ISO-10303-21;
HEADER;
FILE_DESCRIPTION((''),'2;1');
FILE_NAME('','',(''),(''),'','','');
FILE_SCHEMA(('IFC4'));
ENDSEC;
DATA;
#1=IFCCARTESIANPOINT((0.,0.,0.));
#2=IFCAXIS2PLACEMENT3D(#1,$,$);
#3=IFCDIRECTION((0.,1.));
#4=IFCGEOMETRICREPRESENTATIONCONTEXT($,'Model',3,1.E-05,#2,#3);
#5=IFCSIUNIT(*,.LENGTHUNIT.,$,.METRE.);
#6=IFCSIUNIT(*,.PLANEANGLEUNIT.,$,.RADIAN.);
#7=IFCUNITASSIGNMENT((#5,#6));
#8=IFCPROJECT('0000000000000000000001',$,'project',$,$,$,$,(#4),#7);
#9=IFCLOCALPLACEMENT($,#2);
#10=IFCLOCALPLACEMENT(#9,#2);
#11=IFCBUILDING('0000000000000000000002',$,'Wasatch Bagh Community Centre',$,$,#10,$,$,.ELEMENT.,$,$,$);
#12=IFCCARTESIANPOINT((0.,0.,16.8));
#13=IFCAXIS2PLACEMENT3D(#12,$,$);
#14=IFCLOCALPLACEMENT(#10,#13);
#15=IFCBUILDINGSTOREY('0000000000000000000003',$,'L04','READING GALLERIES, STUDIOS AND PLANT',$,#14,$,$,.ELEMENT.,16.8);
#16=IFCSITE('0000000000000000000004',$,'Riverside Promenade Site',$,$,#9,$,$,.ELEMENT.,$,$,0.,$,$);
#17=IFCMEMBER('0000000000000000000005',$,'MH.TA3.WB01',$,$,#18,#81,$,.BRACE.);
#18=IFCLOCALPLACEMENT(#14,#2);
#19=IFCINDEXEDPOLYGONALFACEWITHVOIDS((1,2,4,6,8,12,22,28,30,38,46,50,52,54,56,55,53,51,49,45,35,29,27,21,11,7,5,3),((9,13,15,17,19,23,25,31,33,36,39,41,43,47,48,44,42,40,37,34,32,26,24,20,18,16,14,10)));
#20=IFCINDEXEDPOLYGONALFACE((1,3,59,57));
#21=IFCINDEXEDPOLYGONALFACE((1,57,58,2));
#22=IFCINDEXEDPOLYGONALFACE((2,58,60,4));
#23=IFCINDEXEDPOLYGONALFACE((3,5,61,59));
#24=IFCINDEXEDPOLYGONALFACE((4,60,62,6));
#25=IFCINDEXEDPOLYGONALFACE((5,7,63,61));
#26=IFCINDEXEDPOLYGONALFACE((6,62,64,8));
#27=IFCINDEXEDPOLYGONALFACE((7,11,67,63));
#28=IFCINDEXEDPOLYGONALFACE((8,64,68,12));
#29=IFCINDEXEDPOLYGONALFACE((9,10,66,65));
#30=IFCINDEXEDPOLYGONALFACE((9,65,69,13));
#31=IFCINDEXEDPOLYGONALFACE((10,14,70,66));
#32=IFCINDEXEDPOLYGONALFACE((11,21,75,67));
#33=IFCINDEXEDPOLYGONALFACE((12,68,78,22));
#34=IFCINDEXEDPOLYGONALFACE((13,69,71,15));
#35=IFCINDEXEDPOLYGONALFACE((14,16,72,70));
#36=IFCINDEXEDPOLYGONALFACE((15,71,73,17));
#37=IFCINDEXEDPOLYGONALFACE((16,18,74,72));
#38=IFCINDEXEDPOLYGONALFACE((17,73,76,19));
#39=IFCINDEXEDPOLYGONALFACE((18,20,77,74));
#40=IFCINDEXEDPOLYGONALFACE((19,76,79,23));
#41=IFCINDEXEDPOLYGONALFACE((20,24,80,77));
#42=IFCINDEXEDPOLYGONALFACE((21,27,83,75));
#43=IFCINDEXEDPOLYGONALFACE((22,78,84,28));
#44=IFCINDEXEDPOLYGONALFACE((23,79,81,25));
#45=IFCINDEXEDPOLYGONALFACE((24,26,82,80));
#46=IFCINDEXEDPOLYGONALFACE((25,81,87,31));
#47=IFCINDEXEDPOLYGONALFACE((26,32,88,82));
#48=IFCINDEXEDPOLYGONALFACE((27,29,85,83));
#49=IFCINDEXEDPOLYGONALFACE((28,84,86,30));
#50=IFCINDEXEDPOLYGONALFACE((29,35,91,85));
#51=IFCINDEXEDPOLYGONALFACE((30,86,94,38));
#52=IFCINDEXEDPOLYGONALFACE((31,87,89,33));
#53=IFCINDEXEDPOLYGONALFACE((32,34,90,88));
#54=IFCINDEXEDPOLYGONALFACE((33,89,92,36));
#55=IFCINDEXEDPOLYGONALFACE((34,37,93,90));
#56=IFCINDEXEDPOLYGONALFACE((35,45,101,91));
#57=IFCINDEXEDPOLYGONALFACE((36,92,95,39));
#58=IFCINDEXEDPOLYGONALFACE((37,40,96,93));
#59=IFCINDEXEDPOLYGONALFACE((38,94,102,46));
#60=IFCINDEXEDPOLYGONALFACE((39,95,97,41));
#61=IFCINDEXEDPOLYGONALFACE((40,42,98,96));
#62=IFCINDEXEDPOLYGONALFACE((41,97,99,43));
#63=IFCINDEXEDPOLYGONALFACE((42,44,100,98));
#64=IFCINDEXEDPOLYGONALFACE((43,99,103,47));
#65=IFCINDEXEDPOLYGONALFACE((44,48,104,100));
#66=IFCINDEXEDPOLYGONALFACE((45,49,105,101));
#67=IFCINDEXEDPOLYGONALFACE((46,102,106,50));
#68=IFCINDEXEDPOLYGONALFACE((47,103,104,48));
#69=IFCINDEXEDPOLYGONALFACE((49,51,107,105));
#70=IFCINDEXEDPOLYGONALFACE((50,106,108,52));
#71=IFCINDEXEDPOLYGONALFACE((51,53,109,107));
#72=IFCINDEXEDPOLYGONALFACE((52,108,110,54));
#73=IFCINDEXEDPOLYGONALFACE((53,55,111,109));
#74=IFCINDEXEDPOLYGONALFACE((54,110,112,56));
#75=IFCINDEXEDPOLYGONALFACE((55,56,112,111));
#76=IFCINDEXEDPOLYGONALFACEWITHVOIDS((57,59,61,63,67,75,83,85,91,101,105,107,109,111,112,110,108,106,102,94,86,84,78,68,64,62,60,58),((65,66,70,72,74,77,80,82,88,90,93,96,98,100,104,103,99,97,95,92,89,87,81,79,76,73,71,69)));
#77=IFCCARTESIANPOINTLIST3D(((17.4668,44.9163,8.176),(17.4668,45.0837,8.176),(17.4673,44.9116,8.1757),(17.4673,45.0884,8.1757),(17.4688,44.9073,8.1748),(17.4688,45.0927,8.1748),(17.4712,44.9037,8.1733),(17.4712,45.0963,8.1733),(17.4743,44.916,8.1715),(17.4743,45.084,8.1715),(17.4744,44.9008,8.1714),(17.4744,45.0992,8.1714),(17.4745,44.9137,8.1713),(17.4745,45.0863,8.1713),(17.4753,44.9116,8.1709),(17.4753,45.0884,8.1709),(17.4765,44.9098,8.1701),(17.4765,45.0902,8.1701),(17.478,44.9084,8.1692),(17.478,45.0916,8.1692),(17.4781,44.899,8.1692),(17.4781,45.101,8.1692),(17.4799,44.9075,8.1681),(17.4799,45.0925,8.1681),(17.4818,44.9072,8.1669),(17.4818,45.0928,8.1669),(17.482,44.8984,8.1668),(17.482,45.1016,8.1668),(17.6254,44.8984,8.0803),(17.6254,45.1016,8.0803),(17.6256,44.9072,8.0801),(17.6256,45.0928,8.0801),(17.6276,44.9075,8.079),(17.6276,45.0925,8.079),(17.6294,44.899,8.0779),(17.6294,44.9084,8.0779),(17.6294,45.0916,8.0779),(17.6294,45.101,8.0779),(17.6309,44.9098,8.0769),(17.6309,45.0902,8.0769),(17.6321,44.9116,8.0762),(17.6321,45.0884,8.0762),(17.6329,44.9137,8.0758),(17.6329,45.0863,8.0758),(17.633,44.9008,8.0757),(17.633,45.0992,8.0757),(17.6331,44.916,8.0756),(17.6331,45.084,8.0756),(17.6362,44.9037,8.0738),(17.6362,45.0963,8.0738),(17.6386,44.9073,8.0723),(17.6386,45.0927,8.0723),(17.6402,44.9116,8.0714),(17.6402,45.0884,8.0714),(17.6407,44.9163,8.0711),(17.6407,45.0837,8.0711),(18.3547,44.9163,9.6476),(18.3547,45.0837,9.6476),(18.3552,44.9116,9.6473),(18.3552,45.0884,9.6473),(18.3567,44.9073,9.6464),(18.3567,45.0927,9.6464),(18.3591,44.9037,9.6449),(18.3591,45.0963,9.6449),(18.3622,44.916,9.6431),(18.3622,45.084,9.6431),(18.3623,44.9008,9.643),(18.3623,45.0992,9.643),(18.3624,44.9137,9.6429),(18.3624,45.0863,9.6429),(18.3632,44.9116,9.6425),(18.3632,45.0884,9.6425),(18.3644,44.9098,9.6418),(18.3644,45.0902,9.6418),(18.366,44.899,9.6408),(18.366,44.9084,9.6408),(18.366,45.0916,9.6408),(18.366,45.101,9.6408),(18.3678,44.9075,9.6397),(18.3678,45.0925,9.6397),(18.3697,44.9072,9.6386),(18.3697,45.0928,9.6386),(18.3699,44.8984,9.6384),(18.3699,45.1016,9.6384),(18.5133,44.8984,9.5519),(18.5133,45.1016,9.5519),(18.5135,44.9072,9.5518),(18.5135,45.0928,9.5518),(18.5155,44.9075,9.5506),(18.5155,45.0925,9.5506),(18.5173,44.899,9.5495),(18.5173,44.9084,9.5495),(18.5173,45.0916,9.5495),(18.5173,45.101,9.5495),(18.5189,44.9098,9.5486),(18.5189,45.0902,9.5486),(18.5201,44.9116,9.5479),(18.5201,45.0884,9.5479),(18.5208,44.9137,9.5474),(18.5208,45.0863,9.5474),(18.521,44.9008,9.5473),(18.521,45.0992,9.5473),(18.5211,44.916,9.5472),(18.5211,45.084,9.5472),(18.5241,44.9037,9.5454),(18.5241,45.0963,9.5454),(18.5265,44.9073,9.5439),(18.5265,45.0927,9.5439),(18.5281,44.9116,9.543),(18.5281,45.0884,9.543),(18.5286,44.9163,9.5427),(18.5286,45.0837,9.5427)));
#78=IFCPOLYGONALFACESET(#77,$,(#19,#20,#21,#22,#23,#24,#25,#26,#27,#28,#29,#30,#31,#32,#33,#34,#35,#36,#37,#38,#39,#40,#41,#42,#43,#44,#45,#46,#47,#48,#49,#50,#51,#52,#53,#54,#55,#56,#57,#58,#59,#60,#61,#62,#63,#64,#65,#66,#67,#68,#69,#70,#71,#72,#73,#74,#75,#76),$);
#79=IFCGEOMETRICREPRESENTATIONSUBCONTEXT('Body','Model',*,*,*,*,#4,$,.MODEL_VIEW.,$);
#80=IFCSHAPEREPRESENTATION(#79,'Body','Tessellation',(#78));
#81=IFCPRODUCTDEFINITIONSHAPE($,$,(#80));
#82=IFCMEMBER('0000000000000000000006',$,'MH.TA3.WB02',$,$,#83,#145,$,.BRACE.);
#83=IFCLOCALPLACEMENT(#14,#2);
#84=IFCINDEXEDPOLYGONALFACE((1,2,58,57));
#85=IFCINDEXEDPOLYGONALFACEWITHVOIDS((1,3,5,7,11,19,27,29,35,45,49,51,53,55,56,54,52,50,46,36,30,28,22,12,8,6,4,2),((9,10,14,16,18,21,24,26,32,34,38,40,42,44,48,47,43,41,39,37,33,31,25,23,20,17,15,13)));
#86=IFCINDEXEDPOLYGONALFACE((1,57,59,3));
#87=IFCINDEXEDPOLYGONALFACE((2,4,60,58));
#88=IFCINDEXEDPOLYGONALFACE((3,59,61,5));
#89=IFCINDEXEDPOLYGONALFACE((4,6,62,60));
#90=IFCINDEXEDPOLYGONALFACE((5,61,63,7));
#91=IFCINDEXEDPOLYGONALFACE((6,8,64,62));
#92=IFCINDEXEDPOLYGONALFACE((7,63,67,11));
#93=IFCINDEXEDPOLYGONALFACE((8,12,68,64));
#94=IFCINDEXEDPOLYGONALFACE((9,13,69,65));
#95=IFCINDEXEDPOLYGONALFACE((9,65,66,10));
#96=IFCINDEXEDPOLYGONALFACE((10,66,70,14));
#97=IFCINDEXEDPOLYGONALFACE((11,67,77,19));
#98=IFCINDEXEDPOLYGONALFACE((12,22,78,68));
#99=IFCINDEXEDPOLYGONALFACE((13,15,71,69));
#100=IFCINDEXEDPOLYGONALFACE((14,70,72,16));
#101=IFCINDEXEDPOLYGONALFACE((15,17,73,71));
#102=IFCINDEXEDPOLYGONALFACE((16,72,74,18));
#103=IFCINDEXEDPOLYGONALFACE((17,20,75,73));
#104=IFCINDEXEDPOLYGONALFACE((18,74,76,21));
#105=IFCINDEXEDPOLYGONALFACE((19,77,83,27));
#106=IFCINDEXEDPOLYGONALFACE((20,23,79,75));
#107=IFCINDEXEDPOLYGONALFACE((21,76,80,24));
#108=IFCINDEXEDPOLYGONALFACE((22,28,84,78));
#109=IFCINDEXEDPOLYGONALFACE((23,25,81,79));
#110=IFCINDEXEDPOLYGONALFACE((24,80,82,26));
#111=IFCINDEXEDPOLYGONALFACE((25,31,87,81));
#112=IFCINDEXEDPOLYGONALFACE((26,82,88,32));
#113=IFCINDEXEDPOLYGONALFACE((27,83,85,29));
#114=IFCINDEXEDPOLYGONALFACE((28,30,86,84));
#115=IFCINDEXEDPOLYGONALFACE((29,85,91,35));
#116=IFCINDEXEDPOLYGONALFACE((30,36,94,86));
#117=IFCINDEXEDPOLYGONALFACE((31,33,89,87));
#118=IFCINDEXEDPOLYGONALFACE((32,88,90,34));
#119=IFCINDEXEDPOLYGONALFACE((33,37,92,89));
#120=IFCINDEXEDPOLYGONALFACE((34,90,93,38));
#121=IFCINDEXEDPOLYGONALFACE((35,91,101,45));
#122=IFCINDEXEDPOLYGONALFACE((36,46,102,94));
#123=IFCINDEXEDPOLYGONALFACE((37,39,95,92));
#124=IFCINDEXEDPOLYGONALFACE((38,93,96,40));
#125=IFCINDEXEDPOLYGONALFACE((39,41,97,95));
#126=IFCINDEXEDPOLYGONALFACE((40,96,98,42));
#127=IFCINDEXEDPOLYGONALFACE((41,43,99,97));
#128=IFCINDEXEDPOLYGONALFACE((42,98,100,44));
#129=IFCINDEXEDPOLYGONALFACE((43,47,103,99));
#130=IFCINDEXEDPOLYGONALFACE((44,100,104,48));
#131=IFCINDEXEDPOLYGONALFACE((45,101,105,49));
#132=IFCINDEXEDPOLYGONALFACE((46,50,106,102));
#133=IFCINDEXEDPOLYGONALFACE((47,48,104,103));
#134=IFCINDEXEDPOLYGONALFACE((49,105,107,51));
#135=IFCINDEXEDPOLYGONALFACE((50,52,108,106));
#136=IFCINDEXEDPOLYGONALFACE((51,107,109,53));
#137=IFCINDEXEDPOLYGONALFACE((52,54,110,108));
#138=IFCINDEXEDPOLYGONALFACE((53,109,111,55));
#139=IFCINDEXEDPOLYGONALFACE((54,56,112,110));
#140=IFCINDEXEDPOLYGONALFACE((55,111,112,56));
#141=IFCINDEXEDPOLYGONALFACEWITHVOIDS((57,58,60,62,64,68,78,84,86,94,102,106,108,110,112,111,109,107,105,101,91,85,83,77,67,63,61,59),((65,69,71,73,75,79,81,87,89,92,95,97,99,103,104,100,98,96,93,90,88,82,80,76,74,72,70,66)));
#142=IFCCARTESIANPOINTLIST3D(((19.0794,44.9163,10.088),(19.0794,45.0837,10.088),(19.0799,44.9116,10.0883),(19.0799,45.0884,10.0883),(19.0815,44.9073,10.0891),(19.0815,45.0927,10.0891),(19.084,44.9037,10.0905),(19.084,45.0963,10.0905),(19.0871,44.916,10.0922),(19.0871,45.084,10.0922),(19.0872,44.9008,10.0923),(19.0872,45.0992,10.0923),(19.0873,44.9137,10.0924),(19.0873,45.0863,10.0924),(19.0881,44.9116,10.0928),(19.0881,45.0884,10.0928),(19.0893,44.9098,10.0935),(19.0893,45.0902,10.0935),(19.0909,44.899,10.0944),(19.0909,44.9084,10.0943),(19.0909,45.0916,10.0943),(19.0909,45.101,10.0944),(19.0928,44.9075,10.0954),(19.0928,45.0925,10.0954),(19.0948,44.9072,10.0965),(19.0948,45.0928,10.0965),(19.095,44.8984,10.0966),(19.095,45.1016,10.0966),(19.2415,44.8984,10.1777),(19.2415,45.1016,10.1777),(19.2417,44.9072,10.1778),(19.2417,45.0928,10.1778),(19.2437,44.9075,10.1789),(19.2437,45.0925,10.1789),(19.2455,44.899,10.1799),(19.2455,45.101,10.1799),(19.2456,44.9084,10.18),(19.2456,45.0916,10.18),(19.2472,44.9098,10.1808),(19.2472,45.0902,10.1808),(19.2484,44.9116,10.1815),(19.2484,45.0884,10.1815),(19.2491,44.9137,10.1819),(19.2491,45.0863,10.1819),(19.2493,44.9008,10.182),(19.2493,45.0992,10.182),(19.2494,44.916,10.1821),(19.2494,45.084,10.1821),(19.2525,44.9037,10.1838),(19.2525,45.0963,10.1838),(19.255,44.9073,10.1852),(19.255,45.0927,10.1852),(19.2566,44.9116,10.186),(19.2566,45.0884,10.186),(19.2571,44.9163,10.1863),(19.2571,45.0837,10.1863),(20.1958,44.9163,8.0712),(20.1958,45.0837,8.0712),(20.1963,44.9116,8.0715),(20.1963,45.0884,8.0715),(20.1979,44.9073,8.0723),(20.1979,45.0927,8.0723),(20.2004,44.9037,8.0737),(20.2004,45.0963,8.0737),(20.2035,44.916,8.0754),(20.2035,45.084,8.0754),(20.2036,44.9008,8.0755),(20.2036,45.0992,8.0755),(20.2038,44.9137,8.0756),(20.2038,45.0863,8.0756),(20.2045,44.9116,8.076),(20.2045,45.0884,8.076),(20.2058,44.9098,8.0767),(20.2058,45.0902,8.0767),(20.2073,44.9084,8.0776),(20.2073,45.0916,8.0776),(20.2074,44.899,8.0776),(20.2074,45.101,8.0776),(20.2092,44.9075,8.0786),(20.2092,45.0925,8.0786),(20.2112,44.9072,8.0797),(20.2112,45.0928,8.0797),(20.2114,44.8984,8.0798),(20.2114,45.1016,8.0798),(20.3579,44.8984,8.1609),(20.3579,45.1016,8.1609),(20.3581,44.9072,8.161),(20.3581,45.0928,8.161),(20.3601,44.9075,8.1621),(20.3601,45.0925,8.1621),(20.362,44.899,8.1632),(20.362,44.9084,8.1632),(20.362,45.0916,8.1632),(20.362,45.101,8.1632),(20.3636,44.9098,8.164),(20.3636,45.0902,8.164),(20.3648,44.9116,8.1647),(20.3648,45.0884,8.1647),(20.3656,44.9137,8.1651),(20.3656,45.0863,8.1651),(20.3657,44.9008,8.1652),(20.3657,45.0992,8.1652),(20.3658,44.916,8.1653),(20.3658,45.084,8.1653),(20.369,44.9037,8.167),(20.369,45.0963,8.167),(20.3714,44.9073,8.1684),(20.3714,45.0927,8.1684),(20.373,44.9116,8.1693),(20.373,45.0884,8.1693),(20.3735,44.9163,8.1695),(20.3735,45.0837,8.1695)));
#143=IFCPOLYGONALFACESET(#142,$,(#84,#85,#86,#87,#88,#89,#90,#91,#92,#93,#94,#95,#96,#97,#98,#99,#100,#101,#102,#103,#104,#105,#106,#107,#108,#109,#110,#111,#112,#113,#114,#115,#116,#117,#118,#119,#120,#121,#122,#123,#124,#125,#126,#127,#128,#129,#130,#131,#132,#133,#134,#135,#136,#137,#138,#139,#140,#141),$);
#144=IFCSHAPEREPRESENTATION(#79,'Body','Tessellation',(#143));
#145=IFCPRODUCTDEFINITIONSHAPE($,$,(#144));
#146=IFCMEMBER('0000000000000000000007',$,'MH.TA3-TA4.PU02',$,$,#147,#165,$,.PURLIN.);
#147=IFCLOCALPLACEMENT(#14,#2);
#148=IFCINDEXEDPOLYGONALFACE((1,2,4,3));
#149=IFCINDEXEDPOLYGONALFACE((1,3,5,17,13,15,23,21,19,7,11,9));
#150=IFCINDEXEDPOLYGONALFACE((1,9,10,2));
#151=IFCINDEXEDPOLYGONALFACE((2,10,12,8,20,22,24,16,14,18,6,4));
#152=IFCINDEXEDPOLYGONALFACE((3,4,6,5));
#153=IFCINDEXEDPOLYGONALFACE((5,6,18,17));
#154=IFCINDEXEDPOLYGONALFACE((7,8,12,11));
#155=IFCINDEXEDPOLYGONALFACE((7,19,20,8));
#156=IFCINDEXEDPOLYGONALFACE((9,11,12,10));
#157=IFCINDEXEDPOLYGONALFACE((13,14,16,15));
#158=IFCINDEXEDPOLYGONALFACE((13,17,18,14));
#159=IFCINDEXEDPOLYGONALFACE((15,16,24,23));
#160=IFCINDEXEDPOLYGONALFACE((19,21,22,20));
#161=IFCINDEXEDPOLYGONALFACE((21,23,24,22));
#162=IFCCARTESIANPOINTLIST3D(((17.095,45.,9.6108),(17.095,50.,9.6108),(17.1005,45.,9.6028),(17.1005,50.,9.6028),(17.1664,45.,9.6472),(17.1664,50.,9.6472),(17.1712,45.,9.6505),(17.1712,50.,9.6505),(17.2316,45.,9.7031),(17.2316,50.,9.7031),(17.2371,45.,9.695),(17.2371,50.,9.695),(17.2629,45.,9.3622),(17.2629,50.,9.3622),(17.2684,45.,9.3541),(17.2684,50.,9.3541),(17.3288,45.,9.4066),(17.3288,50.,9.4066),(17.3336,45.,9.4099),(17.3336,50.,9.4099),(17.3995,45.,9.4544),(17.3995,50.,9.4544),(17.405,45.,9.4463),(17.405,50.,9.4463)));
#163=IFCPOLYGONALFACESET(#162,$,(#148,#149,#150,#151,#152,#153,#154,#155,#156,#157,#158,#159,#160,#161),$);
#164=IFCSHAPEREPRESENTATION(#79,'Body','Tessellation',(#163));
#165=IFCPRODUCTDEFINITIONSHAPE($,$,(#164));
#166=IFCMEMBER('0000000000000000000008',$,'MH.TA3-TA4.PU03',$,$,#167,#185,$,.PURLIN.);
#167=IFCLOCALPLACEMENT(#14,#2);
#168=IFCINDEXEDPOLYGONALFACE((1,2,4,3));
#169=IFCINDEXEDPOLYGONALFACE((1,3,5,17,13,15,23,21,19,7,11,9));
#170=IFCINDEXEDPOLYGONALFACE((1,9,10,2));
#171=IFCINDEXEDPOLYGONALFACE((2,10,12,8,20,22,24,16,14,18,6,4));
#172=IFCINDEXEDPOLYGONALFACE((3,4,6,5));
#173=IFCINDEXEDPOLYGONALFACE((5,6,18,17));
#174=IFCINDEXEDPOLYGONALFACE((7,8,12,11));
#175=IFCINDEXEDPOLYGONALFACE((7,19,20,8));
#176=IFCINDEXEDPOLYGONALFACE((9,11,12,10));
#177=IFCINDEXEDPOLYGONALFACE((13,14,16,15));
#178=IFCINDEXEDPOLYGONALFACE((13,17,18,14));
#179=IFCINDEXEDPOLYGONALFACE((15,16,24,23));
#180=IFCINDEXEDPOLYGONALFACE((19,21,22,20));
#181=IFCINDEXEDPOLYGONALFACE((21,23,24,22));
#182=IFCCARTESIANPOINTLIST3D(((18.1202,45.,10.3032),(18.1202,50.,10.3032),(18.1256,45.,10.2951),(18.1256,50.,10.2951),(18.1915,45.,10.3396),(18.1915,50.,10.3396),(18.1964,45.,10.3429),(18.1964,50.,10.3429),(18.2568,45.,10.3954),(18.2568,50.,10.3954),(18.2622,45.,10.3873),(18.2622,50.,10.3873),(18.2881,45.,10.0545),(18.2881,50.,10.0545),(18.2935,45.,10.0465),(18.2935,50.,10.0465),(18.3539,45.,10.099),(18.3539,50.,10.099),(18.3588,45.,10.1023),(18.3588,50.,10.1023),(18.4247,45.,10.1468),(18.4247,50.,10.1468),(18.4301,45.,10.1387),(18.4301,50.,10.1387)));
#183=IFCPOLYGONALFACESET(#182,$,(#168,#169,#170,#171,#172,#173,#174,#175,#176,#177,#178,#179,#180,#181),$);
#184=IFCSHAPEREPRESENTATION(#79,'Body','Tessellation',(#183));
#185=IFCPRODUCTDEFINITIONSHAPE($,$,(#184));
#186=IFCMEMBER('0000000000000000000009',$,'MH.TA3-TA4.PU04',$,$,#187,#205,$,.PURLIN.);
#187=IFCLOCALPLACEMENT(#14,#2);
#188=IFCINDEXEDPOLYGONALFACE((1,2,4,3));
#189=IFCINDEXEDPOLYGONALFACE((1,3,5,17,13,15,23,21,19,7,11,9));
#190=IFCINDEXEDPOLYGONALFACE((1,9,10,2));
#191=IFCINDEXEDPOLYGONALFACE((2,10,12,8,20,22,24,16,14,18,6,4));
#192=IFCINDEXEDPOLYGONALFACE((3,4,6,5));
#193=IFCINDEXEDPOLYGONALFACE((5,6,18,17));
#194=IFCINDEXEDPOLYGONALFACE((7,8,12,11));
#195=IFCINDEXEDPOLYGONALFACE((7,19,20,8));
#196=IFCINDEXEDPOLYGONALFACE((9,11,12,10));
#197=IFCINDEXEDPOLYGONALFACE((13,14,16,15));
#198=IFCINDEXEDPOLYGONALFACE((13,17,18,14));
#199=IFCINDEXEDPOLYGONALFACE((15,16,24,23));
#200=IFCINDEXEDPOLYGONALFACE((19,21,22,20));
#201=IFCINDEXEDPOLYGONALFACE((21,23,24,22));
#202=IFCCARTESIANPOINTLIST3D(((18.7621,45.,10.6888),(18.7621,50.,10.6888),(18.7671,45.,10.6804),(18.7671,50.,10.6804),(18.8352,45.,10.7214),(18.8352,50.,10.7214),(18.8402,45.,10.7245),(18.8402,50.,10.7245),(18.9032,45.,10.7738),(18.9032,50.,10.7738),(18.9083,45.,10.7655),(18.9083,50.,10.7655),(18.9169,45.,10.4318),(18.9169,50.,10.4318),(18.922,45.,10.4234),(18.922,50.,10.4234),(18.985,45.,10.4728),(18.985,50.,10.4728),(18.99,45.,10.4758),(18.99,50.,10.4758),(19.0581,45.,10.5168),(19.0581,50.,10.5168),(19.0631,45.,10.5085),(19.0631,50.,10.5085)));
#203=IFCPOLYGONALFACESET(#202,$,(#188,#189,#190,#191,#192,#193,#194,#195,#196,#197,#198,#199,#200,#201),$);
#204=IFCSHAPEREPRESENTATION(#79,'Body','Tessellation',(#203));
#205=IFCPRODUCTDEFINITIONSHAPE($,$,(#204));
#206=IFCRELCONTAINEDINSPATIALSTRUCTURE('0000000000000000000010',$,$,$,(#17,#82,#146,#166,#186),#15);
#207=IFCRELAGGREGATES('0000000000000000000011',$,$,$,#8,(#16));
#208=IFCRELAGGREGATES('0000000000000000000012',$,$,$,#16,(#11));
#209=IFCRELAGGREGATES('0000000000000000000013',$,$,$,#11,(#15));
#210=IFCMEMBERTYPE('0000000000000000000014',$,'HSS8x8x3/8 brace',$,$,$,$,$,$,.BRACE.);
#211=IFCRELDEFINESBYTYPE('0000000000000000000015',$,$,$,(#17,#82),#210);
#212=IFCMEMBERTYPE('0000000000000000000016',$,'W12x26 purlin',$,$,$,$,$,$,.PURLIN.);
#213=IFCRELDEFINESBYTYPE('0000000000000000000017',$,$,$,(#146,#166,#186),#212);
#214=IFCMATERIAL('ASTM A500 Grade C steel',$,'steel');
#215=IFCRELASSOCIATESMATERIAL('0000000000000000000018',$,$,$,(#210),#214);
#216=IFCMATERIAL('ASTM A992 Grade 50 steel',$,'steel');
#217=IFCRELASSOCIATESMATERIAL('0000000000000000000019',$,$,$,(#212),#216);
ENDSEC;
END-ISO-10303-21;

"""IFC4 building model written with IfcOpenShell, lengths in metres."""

from ifc_helpers import new_model, si_unit, direction, frame, origin, origin_2d, place, context, subcontext, project, spatial, hollow_rectangle, i_section, extrude, material, material_profile, profile_set, type_object, element, save


model = new_model("IFC4")

# Units and contexts
model_context = context("Model", 3, precision=1e-05, world=origin(), true_north=direction((0.0, 1.0)))
body_context = subcontext(model_context, "Body", "Model", "MODEL_VIEW")
ifc_project = project(units=[si_unit("LENGTHUNIT", "METRE"), si_unit("PLANEANGLEUNIT", "RADIAN")], contexts=[model_context])

# Site, building, storey
site_placement = place(None, origin())
site = spatial("IfcSite", under=ifc_project, at=site_placement, Name="Riverside Promenade Site", CompositionType="ELEMENT", RefElevation=0.0)
building_placement = place(site_placement, origin())
building = spatial("IfcBuilding", under=site, at=building_placement, Name="Wasatch Bagh Community Centre", CompositionType="ELEMENT")
storey_placement = place(building_placement, frame((0.0, 0.0, 16.8)))
storey = spatial("IfcBuildingStorey", under=building, at=storey_placement, Name="L04", Description="READING GALLERIES, STUDIOS AND PLANT", CompositionType="ELEMENT", Elevation=16.8)

# Members
ifc_material_1 = material(Name="ASTM A500 Grade C steel", Category="steel")
ifc_material_profile_1 = material_profile(ifc_material_1, hollow_rectangle(XDim=0.2031, YDim=0.2031, WallThickness=0.0088, InnerFilletRadius=0.0088, OuterFilletRadius=0.0178, at=origin_2d()), Name="HSS8x8x3/8")
ifc_profile_set_1 = profile_set([ifc_material_profile_1], Name="ASTM A500 Grade C steel")
member_type_1 = type_object("IfcMemberType", Name="HSS8x8x3/8 brace", PredefinedType="BRACE", material=ifc_profile_set_1)
member_1_placement = place(storey_placement, frame((17.5537, 45.0, 8.1235), z_axis=(0.516604, 0.0, 0.856224), x_axis=(0.0, 1.0, 0.0)))
element("IfcMember", 1, at=member_1_placement, inside=storey, type_object=member_type_1, Name="MH.TA3.WB01", PredefinedType="BRACE", context=body_context, shape_type="SweptSolid", body=[
    extrude(hollow_rectangle(XDim=0.2031, YDim=0.2031, WallThickness=0.0088, InnerFilletRadius=0.0088, OuterFilletRadius=0.0178, at=origin_2d()), origin(), (0.0, 0.0, 1.0), 1.7188),
])
member_2_placement = place(storey_placement, frame((20.2847, 45.0, 8.1204), z_axis=(-0.484312, 0.0, 0.874896), x_axis=(0.0, -1.0, 0.0)))
element("IfcMember", 2, at=member_2_placement, inside=storey, type_object=member_type_1, Name="MH.TA3.WB02", PredefinedType="BRACE", context=body_context, shape_type="SweptSolid", body=[
    extrude(hollow_rectangle(XDim=0.2031, YDim=0.2031, WallThickness=0.0088, InnerFilletRadius=0.0088, OuterFilletRadius=0.0178, at=origin_2d()), origin(), (0.0, 0.0, 1.0), 2.3052),
])
ifc_material_2 = material(Name="ASTM A992 Grade 50 steel", Category="steel")
ifc_material_profile_2 = material_profile(ifc_material_2, i_section(OverallWidth=0.1648, OverallDepth=0.3098, WebThickness=0.0059, FlangeThickness=0.0098, at=origin_2d()), Name="W12x26")
ifc_profile_set_2 = profile_set([ifc_material_profile_2], Name="ASTM A992 Grade 50 steel")
member_type_2 = type_object("IfcMemberType", Name="W12x26 purlin", PredefinedType="PURLIN", material=ifc_profile_set_2)
for number, where, z_axis, x_axis, name in (
    (3, (17.25, 45.0, 9.5286), (0.0, 1.0, 0.0), (-0.828791, 0.0, -0.559559), "MH.TA3-TA4.PU02"),
    (4, (18.2751, 45.0, 10.2209), (0.0, 1.0, 0.0), (-0.828791, 0.0, -0.559559), "MH.TA3-TA4.PU03"),
    (5, (18.9126, 45.0, 10.5986), (0.0, 1.0, 0.0), (-0.856568, 0.0, -0.516034), "MH.TA3-TA4.PU04"),
):
    element("IfcMember", number, at=place(storey_placement, frame(where, z_axis=z_axis, x_axis=x_axis)), inside=storey, type_object=member_type_2, Name=name, PredefinedType="PURLIN", context=body_context, shape_type="SweptSolid", body=[
        extrude(i_section(OverallWidth=0.1648, OverallDepth=0.3098, WebThickness=0.0059, FlangeThickness=0.0098, at=origin_2d()), origin(), (0.0, 0.0, 1.0), 5.0),
    ])

save(model, "model.ifc")
